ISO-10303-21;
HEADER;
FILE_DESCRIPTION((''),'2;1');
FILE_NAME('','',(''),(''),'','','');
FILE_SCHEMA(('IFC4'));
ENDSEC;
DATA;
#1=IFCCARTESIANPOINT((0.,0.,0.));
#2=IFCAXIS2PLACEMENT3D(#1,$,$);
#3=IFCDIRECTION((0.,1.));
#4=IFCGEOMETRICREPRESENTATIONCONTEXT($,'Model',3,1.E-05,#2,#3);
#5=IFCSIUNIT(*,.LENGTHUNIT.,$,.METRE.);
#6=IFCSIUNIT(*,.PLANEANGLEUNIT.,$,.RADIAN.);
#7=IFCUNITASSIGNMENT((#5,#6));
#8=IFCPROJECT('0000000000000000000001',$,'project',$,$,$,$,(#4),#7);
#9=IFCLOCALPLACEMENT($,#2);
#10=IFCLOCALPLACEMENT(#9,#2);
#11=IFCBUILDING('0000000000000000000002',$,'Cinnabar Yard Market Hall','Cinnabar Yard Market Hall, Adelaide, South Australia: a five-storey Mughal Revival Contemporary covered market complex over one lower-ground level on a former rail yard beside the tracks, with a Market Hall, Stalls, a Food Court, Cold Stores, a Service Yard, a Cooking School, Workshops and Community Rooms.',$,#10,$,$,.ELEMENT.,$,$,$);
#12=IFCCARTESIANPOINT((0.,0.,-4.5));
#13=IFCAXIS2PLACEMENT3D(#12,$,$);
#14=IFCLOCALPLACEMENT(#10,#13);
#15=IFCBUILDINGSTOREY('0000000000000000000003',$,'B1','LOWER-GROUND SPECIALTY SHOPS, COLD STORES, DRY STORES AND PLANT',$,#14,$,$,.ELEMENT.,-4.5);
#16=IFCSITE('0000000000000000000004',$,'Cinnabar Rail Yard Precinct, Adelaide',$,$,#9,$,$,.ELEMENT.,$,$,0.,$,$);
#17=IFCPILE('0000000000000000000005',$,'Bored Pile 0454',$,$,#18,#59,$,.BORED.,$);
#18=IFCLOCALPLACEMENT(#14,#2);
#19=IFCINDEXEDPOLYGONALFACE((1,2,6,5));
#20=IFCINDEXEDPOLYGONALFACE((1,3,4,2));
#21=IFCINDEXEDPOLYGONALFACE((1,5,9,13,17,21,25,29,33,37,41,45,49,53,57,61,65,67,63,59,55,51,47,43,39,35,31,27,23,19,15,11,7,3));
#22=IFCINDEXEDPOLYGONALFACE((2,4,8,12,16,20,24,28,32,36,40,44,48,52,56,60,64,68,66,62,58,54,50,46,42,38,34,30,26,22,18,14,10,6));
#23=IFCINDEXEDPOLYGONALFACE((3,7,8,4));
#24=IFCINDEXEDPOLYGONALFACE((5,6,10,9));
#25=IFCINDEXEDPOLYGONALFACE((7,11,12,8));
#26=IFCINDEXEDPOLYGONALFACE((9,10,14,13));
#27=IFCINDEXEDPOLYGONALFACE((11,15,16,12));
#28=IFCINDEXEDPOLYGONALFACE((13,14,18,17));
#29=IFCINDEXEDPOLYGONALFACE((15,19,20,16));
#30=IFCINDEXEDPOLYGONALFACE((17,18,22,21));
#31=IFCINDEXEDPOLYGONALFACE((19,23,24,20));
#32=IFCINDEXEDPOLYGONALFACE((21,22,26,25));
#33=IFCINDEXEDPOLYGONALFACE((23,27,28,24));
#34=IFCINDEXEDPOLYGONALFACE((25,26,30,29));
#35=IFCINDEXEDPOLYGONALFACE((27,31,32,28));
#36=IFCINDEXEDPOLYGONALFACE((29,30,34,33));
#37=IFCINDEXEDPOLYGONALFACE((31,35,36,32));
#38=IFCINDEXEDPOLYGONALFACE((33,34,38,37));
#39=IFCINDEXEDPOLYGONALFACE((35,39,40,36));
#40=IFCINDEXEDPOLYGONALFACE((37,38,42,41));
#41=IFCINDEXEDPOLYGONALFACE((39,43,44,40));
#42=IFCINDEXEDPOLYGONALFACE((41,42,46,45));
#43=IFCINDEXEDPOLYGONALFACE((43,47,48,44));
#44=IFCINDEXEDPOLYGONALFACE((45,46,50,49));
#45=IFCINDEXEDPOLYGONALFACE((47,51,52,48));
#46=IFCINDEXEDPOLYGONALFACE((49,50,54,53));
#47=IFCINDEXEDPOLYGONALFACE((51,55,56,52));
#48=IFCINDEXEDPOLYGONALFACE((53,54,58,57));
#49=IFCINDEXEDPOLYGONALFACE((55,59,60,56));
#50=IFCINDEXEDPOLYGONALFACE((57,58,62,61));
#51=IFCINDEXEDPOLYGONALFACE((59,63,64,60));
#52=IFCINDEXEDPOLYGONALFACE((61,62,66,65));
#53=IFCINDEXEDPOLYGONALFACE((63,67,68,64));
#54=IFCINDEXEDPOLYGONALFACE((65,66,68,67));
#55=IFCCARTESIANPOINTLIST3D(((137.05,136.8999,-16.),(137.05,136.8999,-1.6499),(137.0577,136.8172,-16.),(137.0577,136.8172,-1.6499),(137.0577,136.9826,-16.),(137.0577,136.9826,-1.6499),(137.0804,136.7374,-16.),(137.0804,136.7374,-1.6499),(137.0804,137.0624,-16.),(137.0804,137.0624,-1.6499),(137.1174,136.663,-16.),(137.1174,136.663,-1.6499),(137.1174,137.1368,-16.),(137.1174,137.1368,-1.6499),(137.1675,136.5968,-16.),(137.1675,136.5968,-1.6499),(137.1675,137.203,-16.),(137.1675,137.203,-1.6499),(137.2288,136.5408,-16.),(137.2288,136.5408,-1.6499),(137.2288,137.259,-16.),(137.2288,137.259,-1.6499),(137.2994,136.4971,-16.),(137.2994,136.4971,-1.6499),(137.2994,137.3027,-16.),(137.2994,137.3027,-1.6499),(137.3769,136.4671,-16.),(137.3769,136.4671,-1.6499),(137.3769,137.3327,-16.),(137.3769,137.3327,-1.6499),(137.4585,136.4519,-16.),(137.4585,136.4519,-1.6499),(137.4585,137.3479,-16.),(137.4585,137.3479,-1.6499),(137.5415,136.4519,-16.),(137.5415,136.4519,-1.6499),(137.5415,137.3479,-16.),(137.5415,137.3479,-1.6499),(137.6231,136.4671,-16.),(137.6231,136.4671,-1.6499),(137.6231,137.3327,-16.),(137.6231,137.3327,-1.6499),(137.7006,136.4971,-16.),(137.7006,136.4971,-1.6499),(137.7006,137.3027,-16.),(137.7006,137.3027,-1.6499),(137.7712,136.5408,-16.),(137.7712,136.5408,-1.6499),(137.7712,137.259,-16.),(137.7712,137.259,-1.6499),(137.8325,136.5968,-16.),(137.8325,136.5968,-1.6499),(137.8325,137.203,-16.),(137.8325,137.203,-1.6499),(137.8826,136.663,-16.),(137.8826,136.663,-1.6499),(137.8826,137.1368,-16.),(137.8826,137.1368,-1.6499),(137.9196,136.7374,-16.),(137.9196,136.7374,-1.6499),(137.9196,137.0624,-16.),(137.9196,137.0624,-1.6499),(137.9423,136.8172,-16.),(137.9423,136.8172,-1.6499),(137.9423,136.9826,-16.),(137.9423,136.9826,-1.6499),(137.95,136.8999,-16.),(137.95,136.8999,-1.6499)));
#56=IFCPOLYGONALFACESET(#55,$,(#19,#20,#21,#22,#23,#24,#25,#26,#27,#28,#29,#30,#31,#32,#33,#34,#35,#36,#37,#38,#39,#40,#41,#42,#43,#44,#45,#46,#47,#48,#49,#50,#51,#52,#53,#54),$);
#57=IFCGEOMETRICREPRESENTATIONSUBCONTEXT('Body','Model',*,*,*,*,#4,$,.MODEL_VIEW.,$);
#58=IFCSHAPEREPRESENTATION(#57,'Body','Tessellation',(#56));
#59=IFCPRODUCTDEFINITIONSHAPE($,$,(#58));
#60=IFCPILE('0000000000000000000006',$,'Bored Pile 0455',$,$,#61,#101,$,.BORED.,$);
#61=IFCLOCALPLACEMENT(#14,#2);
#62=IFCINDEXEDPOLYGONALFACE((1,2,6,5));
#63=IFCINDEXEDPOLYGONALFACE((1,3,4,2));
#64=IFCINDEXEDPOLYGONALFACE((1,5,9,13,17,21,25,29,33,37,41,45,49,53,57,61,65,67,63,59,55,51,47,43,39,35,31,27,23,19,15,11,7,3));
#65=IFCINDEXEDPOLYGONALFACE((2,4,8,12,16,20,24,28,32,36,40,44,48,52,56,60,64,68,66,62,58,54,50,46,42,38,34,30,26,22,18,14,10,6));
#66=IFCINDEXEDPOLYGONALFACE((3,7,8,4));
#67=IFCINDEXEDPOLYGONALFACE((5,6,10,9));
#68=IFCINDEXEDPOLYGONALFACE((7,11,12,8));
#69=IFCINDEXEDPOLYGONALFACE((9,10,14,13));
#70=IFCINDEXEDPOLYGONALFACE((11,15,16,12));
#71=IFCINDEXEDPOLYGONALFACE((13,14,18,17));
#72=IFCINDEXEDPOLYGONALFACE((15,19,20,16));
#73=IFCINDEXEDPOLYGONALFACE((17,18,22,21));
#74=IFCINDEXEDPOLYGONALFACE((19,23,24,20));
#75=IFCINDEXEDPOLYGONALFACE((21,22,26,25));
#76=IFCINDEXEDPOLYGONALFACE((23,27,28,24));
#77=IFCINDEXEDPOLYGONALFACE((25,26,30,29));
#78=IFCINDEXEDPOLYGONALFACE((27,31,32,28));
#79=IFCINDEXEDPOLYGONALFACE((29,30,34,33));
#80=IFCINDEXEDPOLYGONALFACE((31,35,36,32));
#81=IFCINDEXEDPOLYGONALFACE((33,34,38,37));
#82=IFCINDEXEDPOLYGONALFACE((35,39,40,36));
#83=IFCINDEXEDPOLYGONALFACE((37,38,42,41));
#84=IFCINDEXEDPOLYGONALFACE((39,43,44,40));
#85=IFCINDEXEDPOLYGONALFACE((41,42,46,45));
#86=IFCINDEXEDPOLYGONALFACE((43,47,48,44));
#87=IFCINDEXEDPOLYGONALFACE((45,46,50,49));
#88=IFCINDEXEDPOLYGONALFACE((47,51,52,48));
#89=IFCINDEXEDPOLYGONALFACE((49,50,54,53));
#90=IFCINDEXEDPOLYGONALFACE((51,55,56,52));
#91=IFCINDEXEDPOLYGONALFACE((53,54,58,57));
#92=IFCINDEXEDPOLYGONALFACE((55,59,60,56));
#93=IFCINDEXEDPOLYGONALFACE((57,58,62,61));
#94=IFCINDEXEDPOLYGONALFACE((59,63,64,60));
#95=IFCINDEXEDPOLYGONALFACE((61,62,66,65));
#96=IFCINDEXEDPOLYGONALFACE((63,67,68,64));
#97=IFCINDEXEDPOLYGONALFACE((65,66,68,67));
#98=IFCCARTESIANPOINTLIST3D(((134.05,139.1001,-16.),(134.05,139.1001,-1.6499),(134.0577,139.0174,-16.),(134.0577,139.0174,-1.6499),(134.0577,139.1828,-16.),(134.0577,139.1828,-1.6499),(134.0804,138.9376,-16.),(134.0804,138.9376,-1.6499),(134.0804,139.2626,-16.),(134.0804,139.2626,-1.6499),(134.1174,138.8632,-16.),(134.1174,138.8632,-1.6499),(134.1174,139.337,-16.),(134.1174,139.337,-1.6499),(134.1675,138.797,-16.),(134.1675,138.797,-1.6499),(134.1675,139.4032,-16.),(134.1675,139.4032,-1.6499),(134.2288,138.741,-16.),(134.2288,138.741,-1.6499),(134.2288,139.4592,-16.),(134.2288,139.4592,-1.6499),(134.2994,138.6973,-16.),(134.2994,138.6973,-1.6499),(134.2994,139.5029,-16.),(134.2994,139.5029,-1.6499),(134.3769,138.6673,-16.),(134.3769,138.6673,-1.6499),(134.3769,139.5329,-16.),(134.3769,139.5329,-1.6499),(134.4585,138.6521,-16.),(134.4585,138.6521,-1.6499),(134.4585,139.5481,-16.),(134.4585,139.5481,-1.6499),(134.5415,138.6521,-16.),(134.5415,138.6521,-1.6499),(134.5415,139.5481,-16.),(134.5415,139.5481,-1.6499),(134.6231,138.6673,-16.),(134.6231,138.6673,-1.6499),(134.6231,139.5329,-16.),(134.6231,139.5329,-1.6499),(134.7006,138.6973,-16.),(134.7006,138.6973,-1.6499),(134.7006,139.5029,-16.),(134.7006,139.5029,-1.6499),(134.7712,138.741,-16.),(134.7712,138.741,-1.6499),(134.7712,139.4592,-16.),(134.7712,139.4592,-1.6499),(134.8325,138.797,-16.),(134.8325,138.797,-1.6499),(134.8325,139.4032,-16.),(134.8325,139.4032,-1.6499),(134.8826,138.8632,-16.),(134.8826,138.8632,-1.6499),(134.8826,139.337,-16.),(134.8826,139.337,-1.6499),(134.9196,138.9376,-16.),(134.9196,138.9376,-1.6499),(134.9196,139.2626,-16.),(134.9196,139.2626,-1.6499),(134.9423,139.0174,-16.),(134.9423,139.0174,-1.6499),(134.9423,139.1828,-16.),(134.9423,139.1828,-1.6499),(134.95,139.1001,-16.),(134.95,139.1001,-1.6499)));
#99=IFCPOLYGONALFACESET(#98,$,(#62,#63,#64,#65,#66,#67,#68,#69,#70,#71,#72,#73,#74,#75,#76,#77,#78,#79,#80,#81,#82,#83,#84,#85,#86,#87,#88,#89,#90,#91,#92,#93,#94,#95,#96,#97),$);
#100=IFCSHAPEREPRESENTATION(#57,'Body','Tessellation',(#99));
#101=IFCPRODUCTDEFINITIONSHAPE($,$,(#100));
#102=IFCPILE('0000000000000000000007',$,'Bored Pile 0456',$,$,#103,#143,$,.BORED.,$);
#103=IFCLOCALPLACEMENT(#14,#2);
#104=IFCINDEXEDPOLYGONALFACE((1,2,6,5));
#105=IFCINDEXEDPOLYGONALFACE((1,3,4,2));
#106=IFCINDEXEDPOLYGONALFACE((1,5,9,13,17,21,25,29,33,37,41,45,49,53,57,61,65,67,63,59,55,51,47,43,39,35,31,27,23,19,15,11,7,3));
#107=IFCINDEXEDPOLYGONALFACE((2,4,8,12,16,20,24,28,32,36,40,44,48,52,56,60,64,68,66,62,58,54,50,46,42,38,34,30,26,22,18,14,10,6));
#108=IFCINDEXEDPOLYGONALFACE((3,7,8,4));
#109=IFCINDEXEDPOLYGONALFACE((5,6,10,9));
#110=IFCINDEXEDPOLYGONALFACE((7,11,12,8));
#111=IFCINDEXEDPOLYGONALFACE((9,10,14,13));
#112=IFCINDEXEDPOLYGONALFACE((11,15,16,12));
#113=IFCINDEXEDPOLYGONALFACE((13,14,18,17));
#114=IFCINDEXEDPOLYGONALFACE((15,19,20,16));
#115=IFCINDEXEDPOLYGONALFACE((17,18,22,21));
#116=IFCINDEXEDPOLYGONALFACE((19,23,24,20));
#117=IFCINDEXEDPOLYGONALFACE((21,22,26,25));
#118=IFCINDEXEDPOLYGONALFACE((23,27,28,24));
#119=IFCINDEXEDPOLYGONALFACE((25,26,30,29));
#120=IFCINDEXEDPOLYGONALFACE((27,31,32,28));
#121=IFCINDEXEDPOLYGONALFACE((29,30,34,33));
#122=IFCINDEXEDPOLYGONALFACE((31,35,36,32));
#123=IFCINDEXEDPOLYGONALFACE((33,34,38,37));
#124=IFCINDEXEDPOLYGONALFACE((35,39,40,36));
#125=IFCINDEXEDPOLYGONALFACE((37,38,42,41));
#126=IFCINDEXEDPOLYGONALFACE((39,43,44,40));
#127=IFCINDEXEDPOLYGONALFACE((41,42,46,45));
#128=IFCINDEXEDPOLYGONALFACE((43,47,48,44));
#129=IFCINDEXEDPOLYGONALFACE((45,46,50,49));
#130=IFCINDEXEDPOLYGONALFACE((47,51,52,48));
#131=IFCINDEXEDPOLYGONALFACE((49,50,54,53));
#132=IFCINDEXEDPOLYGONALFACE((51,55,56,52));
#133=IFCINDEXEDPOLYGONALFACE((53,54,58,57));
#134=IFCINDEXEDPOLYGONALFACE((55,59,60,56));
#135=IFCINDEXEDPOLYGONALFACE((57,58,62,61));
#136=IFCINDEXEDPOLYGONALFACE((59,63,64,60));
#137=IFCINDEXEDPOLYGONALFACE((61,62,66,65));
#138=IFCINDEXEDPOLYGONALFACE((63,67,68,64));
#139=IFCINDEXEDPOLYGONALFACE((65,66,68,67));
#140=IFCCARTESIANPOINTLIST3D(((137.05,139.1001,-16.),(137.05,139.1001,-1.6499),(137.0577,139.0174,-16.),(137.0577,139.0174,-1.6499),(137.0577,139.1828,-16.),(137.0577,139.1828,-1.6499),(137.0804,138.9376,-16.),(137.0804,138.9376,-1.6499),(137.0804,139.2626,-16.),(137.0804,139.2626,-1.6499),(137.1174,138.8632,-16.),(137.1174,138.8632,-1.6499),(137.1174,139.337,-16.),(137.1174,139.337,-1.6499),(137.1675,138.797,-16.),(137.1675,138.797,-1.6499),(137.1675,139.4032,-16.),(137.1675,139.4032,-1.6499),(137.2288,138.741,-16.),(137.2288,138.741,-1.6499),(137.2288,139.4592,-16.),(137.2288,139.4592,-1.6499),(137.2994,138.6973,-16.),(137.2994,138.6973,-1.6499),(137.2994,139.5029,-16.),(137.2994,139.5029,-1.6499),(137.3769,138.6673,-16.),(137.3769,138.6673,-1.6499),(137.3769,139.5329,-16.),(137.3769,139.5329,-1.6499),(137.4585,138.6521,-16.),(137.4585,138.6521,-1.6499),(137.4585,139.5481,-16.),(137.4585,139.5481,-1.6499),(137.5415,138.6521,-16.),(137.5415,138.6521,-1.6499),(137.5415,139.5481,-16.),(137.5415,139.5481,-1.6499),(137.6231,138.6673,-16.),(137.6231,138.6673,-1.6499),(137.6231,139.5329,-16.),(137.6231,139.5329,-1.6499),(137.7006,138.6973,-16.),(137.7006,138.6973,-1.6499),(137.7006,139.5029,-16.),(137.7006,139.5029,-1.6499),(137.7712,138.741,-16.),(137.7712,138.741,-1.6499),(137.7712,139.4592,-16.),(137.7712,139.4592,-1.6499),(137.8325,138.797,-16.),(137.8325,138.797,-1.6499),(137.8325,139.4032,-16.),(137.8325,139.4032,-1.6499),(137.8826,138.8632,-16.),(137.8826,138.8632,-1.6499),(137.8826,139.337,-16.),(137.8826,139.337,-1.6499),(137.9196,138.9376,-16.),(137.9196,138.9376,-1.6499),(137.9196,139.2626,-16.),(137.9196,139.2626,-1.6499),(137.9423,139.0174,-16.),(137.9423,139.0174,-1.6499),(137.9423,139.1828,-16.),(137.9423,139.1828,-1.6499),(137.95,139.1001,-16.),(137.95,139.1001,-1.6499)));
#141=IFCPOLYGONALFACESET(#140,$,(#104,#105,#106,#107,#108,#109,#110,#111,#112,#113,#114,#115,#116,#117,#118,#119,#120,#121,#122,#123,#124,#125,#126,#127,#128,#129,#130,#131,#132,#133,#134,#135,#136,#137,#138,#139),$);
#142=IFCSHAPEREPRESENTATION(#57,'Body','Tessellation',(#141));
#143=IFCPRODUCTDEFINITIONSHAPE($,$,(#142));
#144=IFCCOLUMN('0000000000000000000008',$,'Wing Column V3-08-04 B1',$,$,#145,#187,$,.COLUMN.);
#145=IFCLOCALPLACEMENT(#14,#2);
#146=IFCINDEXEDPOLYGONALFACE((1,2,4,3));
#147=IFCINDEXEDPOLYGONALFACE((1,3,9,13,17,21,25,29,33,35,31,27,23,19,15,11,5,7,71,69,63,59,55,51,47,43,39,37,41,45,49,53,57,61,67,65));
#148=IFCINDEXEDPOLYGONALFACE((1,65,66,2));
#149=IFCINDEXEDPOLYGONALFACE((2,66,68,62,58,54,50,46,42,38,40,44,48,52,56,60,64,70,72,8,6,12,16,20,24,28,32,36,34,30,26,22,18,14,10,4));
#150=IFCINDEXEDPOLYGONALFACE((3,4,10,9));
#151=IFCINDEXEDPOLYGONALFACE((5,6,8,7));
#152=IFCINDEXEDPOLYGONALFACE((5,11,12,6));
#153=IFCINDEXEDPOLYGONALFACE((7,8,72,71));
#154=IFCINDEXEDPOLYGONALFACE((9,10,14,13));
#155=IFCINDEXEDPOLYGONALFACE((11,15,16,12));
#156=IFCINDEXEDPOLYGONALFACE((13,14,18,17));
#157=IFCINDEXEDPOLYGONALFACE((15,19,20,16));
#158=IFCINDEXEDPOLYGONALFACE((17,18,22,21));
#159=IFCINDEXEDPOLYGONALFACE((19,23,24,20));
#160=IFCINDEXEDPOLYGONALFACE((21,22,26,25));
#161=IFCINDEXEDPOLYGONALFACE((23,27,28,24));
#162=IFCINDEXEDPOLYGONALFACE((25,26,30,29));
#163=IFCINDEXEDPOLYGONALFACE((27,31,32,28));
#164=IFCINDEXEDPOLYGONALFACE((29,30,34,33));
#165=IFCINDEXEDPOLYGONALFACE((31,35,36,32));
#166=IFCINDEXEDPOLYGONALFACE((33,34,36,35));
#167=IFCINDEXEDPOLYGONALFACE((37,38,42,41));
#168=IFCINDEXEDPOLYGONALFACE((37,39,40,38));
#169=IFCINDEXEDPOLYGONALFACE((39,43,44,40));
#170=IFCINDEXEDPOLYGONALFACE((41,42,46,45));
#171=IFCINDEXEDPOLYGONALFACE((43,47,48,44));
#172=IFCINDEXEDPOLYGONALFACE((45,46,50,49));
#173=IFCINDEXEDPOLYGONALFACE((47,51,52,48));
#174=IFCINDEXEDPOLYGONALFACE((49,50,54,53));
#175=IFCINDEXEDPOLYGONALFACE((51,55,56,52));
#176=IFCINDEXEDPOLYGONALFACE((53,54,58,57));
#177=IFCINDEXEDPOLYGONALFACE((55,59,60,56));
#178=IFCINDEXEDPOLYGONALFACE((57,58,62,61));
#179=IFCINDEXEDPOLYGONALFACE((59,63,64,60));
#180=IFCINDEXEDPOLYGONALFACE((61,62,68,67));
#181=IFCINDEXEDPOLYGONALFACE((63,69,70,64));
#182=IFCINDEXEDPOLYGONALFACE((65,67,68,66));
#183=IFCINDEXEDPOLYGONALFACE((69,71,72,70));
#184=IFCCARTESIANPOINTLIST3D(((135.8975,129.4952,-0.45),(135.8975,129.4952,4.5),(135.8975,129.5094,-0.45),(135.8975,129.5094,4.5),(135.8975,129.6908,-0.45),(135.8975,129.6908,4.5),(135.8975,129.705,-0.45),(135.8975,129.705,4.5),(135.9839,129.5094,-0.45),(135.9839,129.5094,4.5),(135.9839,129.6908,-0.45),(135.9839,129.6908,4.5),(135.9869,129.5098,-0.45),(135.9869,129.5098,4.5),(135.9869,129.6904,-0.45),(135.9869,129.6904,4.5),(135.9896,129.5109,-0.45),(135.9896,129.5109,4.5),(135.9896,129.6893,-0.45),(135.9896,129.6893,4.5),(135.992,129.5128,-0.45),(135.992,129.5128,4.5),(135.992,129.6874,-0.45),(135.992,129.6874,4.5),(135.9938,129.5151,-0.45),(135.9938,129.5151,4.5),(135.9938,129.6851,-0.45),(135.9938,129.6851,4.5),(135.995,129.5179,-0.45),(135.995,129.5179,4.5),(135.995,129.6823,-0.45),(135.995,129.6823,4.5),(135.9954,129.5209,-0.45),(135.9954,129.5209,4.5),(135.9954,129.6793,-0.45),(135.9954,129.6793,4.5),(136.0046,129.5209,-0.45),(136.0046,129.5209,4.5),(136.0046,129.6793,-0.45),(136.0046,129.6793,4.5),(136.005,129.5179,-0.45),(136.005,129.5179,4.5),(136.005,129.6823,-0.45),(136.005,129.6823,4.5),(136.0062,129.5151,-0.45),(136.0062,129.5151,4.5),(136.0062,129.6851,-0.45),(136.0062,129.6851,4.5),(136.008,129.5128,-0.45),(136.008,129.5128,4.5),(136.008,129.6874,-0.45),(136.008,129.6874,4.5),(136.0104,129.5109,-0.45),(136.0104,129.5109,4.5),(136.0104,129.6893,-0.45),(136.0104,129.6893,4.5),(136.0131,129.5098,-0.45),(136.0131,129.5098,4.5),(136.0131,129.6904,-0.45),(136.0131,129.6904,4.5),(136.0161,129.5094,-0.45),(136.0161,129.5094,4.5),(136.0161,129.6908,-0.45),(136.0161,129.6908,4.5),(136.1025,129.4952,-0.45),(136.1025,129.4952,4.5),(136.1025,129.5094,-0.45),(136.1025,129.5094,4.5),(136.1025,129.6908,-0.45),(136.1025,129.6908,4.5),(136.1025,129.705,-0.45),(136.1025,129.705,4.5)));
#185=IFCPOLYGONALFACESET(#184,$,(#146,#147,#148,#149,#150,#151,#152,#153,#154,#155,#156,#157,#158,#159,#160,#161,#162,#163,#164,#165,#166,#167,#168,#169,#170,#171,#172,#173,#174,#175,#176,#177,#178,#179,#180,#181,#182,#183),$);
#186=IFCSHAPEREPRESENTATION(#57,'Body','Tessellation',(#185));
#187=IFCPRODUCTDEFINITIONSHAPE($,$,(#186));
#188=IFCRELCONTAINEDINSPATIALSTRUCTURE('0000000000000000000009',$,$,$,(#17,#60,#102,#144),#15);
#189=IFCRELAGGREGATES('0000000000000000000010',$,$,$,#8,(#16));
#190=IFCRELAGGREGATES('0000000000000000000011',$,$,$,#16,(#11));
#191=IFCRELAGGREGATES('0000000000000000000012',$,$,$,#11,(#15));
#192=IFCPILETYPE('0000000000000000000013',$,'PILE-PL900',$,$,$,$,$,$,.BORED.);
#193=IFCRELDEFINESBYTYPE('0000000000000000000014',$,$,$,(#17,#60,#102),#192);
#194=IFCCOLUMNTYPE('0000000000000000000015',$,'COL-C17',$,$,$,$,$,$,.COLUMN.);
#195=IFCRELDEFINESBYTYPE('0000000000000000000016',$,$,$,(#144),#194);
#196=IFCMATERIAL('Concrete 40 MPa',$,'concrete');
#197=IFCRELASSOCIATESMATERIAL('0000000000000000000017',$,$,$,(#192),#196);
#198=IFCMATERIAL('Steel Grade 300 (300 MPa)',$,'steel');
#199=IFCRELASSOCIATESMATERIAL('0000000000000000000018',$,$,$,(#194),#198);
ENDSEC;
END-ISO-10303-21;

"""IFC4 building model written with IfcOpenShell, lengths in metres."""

from ifc_helpers import new_model, si_unit, direction, frame, origin, origin_2d_with_axis, place, context, subcontext, project, spatial, circle, i_section, extrude, material, material_profile, profile_set, type_object, element, save


model = new_model("IFC4")

# Units and contexts
model_context = context("Model", 3, precision=1e-05, world=origin(), true_north=direction((0.0, 1.0)))
body_context = subcontext(model_context, "Body", "Model", "MODEL_VIEW")
ifc_project = project(units=[si_unit("LENGTHUNIT", "METRE"), si_unit("PLANEANGLEUNIT", "RADIAN")], contexts=[model_context])

# Site, building, storey
site_placement = place(None, origin())
site = spatial("IfcSite", under=ifc_project, at=site_placement, Name="Cinnabar Rail Yard Precinct, Adelaide", CompositionType="ELEMENT", RefElevation=0.0)
building_placement = place(site_placement, origin())
building = spatial("IfcBuilding", under=site, at=building_placement, Name="Cinnabar Yard Market Hall", Description="Cinnabar Yard Market Hall, Adelaide, South Australia: a five-storey Mughal Revival Contemporary covered market complex over one lower-ground level on a former rail yard beside the tracks, with a Market Hall, Stalls, a Food Court, Cold Stores, a Service Yard, a Cooking School, Workshops and Community Rooms.", CompositionType="ELEMENT")
storey_placement = place(building_placement, frame((0.0, 0.0, -4.5)))
storey = spatial("IfcBuildingStorey", under=building, at=storey_placement, Name="B1", Description="LOWER-GROUND SPECIALTY SHOPS, COLD STORES, DRY STORES AND PLANT", CompositionType="ELEMENT", Elevation=-4.5)

# Shared definitions
ifc_material_1 = material(Name="Concrete 40 MPa", Category="concrete")

# Piles
ifc_material_profile_1 = material_profile(ifc_material_1, circle(Radius=0.45, at=origin_2d_with_axis()), Name="PILE-D900")
ifc_profile_set_1 = profile_set([ifc_material_profile_1], Name="Concrete 40 MPa")
pile_type_1 = type_object("IfcPileType", Name="PILE-PL900", PredefinedType="BORED", material=ifc_profile_set_1)
for number, where, z_axis, x_axis, name in (
    (1, (137.5, 136.8999, -1.6499), (0.0, 0.0, -1.0), (1.0, 0.0, 0.0), "Bored Pile 0454"),
    (2, (134.5, 139.1001, -1.6499), (0.0, 0.0, -1.0), (1.0, 0.0, 0.0), "Bored Pile 0455"),
    (3, (137.5, 139.1001, -1.6499), (0.0, 0.0, -1.0), (1.0, 0.0, 0.0), "Bored Pile 0456"),
):
    element("IfcPile", number, at=place(storey_placement, frame(where, z_axis=z_axis, x_axis=x_axis)), inside=storey, type_object=pile_type_1, Name=name, PredefinedType="BORED", context=body_context, shape_type="SweptSolid", body=[
        extrude(circle(Radius=0.45, at=origin_2d_with_axis()), origin(), (0.0, 0.0, 1.0), 14.3501),
    ])

# Column
ifc_material_2 = material(Name="Steel Grade 300 (300 MPa)", Category="steel")
ifc_material_profile_2 = material_profile(ifc_material_2, i_section(OverallWidth=0.2051, OverallDepth=0.2097, WebThickness=0.0093, FlangeThickness=0.0142, FilletRadius=0.0115, at=origin_2d_with_axis()), Name="200UC59.5")
ifc_profile_set_2 = profile_set([ifc_material_profile_2], Name="Steel Grade 300 (300 MPa)")
column_type_1 = type_object("IfcColumnType", Name="COL-C17", PredefinedType="COLUMN", material=ifc_profile_set_2)
column_1_placement = place(storey_placement, frame((136.0, 129.6001, -0.45), z_axis=(0.0, 0.0, 1.0), x_axis=(1.0, 0.0, 0.0)))
element("IfcColumn", 4, at=column_1_placement, inside=storey, type_object=column_type_1, Name="Wing Column V3-08-04 B1", PredefinedType="COLUMN", context=body_context, shape_type="SweptSolid", body=[
    extrude(i_section(OverallWidth=0.2051, OverallDepth=0.2097, WebThickness=0.0093, FlangeThickness=0.0142, FilletRadius=0.0115, at=origin_2d_with_axis()), origin(), (0.0, 0.0, 1.0), 4.95),
])

save(model, "model.ifc")
